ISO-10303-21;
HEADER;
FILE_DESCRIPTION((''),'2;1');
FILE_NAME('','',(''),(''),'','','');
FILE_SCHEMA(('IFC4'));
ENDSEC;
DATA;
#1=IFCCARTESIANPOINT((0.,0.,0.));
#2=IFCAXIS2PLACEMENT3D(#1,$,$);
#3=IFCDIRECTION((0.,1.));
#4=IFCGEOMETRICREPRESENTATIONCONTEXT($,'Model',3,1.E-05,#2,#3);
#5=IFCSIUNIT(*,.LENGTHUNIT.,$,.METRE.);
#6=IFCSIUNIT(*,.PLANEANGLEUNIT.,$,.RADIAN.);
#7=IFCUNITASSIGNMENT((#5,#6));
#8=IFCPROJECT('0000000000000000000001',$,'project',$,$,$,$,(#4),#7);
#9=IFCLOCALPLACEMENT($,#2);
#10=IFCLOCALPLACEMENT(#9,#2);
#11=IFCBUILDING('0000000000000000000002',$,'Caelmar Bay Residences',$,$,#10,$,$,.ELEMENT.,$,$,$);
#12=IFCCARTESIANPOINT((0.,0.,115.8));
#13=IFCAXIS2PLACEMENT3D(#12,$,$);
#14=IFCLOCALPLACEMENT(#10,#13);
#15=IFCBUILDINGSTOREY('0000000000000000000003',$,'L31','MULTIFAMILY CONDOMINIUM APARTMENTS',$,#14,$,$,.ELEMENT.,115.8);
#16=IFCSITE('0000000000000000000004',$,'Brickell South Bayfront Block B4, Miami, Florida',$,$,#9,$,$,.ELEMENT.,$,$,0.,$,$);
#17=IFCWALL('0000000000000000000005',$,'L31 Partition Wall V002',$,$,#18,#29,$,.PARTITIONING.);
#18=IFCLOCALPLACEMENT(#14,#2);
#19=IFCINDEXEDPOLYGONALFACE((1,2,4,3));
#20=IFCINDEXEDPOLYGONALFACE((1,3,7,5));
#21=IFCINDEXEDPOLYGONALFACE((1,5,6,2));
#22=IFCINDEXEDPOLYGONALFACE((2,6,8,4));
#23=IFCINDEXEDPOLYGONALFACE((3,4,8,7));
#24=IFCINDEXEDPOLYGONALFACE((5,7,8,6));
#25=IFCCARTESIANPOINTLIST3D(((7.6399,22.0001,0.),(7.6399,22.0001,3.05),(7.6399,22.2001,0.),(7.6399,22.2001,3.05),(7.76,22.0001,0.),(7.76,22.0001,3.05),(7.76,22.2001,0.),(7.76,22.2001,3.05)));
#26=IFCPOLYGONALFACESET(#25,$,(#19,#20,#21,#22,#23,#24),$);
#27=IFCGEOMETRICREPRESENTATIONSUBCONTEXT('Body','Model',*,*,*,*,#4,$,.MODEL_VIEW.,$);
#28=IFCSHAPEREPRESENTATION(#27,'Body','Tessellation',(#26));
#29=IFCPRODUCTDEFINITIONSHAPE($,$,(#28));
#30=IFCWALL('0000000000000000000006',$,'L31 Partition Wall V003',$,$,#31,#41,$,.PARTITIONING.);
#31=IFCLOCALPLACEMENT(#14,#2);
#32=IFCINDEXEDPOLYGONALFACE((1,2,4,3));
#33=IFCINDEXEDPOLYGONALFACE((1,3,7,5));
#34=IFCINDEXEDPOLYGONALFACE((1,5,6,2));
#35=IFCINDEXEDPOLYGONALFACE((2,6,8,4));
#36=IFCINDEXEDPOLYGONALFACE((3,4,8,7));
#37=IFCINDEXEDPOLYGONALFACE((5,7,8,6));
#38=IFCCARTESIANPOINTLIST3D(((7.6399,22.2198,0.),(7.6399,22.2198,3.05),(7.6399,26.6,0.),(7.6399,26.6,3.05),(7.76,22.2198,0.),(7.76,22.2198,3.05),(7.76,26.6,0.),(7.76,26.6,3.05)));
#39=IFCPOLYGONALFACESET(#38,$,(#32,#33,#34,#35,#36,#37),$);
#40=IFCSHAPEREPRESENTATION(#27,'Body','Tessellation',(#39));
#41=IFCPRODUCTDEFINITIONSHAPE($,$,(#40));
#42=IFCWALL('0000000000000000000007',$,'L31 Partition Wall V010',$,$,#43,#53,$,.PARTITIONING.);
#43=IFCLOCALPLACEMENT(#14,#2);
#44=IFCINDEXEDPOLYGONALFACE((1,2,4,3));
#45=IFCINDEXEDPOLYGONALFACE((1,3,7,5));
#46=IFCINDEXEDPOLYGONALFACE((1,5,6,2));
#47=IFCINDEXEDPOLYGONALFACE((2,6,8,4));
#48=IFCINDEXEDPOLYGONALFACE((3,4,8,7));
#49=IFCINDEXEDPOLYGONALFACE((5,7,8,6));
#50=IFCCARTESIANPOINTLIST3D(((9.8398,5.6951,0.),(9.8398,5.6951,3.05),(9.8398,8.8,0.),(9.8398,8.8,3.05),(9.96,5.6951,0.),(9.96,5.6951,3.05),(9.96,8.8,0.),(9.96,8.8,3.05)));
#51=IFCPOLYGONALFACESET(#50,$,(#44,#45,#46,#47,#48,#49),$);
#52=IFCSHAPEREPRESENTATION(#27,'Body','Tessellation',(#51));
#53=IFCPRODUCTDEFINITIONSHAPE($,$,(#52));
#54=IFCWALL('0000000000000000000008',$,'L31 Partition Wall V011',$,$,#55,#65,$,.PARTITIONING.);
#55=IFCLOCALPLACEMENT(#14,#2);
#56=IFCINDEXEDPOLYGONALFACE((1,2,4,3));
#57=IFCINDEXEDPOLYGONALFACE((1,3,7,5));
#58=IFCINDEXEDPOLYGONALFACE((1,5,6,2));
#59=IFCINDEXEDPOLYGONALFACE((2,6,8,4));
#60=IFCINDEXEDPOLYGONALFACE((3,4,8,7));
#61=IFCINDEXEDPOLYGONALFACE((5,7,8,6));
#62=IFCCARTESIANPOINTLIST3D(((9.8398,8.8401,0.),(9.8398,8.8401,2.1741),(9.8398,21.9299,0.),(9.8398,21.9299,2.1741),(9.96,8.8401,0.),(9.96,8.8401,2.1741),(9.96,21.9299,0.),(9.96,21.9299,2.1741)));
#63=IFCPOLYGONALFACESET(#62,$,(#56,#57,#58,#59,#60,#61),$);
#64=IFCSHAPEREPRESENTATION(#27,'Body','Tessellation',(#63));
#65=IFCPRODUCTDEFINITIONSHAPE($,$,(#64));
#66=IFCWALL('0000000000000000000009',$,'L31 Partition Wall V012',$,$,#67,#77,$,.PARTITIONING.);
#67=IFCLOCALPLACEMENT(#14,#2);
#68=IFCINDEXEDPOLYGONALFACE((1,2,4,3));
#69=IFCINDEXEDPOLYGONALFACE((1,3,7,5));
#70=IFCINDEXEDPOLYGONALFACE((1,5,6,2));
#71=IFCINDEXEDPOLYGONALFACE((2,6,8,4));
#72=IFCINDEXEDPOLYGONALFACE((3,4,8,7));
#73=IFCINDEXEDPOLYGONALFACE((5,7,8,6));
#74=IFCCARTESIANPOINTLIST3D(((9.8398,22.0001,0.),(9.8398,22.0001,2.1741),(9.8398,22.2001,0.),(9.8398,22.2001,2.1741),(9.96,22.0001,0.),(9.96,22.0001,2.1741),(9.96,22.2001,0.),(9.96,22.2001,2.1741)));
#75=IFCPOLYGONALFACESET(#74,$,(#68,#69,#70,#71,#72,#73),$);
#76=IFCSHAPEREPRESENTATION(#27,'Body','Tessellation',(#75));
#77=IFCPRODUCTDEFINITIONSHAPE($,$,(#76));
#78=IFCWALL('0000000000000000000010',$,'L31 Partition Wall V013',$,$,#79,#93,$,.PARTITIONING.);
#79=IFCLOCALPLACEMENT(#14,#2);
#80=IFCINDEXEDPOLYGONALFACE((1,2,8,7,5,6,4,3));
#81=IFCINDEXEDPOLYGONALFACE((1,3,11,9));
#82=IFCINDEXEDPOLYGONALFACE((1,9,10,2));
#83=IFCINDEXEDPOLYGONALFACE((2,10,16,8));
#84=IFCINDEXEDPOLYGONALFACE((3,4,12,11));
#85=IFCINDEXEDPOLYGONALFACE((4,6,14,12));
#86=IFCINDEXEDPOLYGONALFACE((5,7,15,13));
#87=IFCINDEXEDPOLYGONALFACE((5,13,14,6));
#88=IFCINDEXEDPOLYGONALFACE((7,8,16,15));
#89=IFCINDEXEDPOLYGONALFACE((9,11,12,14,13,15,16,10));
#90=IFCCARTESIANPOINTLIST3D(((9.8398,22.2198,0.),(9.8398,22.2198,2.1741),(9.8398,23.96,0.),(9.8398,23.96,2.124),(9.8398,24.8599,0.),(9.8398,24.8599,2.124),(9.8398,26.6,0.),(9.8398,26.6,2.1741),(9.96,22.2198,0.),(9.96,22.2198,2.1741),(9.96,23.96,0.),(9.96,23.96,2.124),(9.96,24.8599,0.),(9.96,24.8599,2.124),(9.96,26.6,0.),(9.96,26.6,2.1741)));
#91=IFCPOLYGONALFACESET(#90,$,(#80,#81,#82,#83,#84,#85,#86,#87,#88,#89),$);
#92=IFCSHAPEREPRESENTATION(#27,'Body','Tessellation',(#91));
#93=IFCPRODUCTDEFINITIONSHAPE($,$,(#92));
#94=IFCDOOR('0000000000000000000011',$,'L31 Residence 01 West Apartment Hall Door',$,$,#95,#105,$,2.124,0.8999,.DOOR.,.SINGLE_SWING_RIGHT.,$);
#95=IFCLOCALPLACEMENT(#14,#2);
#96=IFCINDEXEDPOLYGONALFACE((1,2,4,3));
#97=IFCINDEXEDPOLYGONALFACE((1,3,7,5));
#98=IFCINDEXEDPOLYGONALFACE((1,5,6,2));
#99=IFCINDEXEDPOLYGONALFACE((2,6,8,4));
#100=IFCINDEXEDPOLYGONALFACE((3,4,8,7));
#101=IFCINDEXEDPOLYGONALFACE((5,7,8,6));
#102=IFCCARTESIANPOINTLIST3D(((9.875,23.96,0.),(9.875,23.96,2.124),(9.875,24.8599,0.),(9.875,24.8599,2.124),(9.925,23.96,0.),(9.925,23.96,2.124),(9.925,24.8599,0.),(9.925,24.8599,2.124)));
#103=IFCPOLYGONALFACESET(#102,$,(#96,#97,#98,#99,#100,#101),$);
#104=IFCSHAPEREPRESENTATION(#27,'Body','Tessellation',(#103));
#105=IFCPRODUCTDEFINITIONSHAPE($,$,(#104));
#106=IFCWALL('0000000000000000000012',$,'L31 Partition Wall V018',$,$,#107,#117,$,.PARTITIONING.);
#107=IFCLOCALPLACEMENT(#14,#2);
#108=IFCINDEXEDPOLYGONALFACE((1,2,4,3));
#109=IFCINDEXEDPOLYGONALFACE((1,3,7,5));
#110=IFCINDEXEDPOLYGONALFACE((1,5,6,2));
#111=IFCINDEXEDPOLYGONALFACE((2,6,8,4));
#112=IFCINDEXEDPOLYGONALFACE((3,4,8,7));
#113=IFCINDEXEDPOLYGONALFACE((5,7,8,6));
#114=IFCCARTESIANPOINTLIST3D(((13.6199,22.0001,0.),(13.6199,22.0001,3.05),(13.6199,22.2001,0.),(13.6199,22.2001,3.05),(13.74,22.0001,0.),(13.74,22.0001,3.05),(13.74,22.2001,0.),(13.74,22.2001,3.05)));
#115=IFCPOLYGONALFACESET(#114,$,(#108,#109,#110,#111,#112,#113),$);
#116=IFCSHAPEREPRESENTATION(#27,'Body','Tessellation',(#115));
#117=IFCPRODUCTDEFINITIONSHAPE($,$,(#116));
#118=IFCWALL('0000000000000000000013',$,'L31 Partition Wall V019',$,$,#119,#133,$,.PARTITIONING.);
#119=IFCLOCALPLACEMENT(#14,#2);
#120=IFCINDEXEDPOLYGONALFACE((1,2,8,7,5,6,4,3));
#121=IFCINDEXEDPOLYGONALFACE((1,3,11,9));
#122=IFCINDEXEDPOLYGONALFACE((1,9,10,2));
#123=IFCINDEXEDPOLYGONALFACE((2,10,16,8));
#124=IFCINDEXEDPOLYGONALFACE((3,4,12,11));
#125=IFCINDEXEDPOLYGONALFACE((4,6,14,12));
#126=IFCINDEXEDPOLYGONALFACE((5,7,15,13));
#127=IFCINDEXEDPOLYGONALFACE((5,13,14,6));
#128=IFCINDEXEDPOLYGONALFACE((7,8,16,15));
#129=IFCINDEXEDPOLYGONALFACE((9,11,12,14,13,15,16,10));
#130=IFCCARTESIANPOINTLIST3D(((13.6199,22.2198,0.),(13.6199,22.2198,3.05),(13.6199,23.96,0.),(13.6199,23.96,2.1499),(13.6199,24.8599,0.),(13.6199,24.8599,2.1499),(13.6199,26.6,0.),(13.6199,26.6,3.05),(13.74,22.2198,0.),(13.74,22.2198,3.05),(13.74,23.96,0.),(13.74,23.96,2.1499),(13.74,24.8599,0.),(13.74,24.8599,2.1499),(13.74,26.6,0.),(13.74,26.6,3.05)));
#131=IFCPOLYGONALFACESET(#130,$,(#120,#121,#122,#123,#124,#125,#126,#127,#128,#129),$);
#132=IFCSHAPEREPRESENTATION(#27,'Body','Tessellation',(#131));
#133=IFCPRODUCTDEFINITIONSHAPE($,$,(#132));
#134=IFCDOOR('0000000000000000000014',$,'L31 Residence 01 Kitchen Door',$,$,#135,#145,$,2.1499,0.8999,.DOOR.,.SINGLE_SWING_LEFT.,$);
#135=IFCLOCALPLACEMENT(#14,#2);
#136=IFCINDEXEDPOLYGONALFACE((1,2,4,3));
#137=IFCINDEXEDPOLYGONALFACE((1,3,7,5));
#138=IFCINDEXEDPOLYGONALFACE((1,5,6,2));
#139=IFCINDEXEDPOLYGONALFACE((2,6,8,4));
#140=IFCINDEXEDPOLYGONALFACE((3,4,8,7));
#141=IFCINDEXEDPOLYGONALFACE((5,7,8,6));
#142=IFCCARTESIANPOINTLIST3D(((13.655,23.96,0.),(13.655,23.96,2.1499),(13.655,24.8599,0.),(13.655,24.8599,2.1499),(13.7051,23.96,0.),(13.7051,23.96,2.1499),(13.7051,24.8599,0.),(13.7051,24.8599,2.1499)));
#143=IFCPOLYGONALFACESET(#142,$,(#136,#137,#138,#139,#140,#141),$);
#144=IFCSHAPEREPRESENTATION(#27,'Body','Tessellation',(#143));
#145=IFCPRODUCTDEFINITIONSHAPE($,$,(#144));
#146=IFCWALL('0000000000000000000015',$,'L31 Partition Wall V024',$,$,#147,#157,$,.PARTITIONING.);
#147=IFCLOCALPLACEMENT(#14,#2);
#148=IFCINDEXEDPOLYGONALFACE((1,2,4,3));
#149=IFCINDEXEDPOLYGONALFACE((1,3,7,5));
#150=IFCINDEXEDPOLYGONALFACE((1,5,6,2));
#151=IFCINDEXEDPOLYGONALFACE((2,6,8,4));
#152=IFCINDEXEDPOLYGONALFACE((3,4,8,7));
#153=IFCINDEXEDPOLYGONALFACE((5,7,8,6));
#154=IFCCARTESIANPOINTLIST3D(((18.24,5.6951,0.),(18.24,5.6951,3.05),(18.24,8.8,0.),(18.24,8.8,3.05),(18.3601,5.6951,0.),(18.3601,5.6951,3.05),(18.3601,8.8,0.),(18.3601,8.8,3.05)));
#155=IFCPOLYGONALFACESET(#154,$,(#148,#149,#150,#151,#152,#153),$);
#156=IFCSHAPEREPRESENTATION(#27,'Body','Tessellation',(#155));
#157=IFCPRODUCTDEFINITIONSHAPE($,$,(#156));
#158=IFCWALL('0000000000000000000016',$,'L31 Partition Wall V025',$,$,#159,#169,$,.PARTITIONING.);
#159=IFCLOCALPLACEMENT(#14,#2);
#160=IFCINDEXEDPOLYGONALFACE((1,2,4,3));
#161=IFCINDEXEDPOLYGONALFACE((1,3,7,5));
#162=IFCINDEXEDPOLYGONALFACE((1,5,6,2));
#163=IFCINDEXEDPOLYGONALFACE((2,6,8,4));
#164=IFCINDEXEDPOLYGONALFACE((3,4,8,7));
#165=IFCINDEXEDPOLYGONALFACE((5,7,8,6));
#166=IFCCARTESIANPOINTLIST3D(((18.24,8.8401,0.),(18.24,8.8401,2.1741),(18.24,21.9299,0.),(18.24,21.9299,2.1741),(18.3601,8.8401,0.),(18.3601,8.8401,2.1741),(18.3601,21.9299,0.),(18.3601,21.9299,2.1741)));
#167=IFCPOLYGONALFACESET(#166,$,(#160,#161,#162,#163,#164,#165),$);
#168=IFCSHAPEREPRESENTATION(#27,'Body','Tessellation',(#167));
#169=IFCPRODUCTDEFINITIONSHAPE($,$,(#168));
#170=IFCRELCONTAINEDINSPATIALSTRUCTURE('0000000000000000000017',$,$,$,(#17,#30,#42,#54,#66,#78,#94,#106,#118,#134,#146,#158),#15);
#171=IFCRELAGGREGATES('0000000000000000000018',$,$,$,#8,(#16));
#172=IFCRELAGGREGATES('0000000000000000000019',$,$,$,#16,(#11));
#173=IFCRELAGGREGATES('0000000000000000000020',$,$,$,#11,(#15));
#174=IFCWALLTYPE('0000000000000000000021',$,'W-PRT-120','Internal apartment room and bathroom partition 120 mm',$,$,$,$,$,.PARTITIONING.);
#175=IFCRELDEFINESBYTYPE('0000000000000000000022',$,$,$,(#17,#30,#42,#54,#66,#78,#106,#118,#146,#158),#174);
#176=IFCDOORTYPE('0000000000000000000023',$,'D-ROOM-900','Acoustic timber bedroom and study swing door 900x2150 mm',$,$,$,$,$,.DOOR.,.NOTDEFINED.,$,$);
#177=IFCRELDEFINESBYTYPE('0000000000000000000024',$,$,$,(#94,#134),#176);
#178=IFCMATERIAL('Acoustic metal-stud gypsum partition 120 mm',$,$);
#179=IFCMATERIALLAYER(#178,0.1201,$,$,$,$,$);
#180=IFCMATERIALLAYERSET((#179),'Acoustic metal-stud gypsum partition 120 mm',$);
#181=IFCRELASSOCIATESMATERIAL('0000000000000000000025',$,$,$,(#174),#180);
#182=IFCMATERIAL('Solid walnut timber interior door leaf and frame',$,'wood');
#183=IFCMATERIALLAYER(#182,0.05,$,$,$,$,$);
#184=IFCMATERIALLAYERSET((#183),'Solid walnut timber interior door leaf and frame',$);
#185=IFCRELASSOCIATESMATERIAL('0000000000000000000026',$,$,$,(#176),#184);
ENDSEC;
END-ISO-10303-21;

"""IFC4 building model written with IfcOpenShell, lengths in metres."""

from ifc_helpers import new_model, si_unit, direction, frame, frame_2d, origin, place, context, subcontext, project, spatial, rectangle, extrude, material, layer, layer_set, type_object, element, fill, save


model = new_model("IFC4")

# Units and contexts
model_context = context("Model", 3, precision=1e-05, world=origin(), true_north=direction((0.0, 1.0)))
body_context = subcontext(model_context, "Body", "Model", "MODEL_VIEW")
ifc_project = project(units=[si_unit("LENGTHUNIT", "METRE"), si_unit("PLANEANGLEUNIT", "RADIAN")], contexts=[model_context])

# Site, building, storey
site_placement = place(None, origin())
site = spatial("IfcSite", under=ifc_project, at=site_placement, Name="Brickell South Bayfront Block B4, Miami, Florida", CompositionType="ELEMENT", RefElevation=0.0)
building_placement = place(site_placement, origin())
building = spatial("IfcBuilding", under=site, at=building_placement, Name="Caelmar Bay Residences", CompositionType="ELEMENT")
storey_placement = place(building_placement, frame((0.0, 0.0, 115.8)))
storey = spatial("IfcBuildingStorey", under=building, at=storey_placement, Name="L31", Description="MULTIFAMILY CONDOMINIUM APARTMENTS", CompositionType="ELEMENT", Elevation=115.8)

# Shared definitions
ifc_material_1 = material(Name="Acoustic metal-stud gypsum partition 120 mm")
ifc_layer_1 = layer(ifc_material_1, 0.1201)
ifc_layer_set_1 = layer_set([ifc_layer_1], Name="Acoustic metal-stud gypsum partition 120 mm")
wall_type_1 = type_object("IfcWallType", Name="W-PRT-120", Description="Internal apartment room and bathroom partition 120 mm", PredefinedType="PARTITIONING", material=ifc_layer_set_1)
ifc_material_2 = material(Name="Solid walnut timber interior door leaf and frame", Category="wood")
ifc_layer_2 = layer(ifc_material_2, 0.05)
ifc_layer_set_2 = layer_set([ifc_layer_2], Name="Solid walnut timber interior door leaf and frame")
door_type = type_object("IfcDoorType", Name="D-ROOM-900", Description="Acoustic timber bedroom and study swing door 900x2150 mm", OperationType="NOTDEFINED", PredefinedType="DOOR", material=ifc_layer_set_2)

# Walls
wall_1_placement = place(storey_placement, frame((7.7, 22.0, 0.0), z_axis=(0.0, 0.0, 1.0), x_axis=(0.0, 1.0, 0.0)))
element("IfcWall", 1, at=wall_1_placement, inside=storey, type_object=wall_type_1, Name="L31 Partition Wall V002", PredefinedType="PARTITIONING", context=body_context, shape_type="SweptSolid", body=[
    extrude(rectangle(XDim=0.2, YDim=0.1201, at=frame_2d((0.1001, 0.0))), origin(), (0.0, 0.0, 1.0), 3.05),
])
wall_2_placement = place(storey_placement, frame((7.7, 22.22, 0.0), z_axis=(0.0, 0.0, 1.0), x_axis=(0.0, 1.0, 0.0)))
element("IfcWall", 2, at=wall_2_placement, inside=storey, type_object=wall_type_1, Name="L31 Partition Wall V003", PredefinedType="PARTITIONING", context=body_context, shape_type="SweptSolid", body=[
    extrude(rectangle(XDim=4.3801, YDim=0.1201, at=frame_2d((2.1899, 0.0))), origin(), (0.0, 0.0, 1.0), 3.05),
])
wall_3_placement = place(storey_placement, frame((9.8999, 5.6951, 0.0), z_axis=(0.0, 0.0, 1.0), x_axis=(0.0, 1.0, 0.0)))
element("IfcWall", 3, at=wall_3_placement, inside=storey, type_object=wall_type_1, Name="L31 Partition Wall V010", PredefinedType="PARTITIONING", context=body_context, shape_type="SweptSolid", body=[
    extrude(rectangle(XDim=3.105, YDim=0.1201, at=frame_2d((1.5525, 0.0))), origin(), (0.0, 0.0, 1.0), 3.05),
])
wall_4_placement = place(storey_placement, frame((9.8999, 8.8401, 0.0), z_axis=(0.0, 0.0, 1.0), x_axis=(0.0, 1.0, 0.0)))
element("IfcWall", 4, at=wall_4_placement, inside=storey, type_object=wall_type_1, Name="L31 Partition Wall V011", PredefinedType="PARTITIONING", context=body_context, shape_type="SweptSolid", body=[
    extrude(rectangle(XDim=13.0898, YDim=0.1201, at=frame_2d((6.5449, 0.0))), origin(), (0.0, 0.0, 1.0), 2.1741),
])
wall_5_placement = place(storey_placement, frame((9.8999, 22.0, 0.0), z_axis=(0.0, 0.0, 1.0), x_axis=(0.0, 1.0, 0.0)))
element("IfcWall", 5, at=wall_5_placement, inside=storey, type_object=wall_type_1, Name="L31 Partition Wall V012", PredefinedType="PARTITIONING", context=body_context, shape_type="SweptSolid", body=[
    extrude(rectangle(XDim=0.2, YDim=0.1201, at=frame_2d((0.1001, 0.0))), origin(), (0.0, 0.0, 1.0), 2.1741),
])

# Wall, opening, door
wall_6_placement = place(storey_placement, frame((9.8999, 22.22, 0.0), z_axis=(0.0, 0.0, 1.0), x_axis=(0.0, 1.0, 0.0)))
wall_6 = element("IfcWall", 6, at=wall_6_placement, inside=storey, type_object=wall_type_1, Name="L31 Partition Wall V013", PredefinedType="PARTITIONING", context=body_context, shape_type="SweptSolid", body=[
    extrude(rectangle(XDim=4.3801, YDim=0.1201, at=frame_2d((2.1899, 0.0))), origin(), (0.0, 0.0, 1.0), 2.1741),
])
opening_1_placement = place(wall_6_placement, frame((1.74, 0.0, 0.0)))
opening_1 = element("IfcOpeningElement", 7, at=opening_1_placement, cuts=wall_6, PredefinedType="OPENING", context=body_context, shape_type="SweptSolid", body=[
    extrude(rectangle(XDim=0.8999, YDim=2.124, at=frame_2d((0.45, 1.062))), frame((0.0, 0.0701, 0.0), z_axis=(0.0, -1.0, 0.0), x_axis=(1.0, 0.0, 0.0)), (0.0, 0.0, 1.0), 0.1401),
])
door_1_placement = place(opening_1_placement, origin())
door_1 = element("IfcDoor", 8, at=door_1_placement, inside=storey, type_object=door_type, Name="L31 Residence 01 West Apartment Hall Door", OperationType="SINGLE_SWING_RIGHT", OverallHeight=2.124, OverallWidth=0.8999, PredefinedType="DOOR", context=body_context, shape_type="SweptSolid", body=[
    extrude(rectangle(XDim=0.8999, YDim=2.124, at=frame_2d((0.45, 1.062))), frame((0.0, 0.0249, 0.0), z_axis=(0.0, -1.0, 0.0), x_axis=(1.0, 0.0, 0.0)), (0.0, 0.0, 1.0), 0.05),
])
fill(opening_1, door_1)

# Wall
wall_7_placement = place(storey_placement, frame((13.6799, 22.0, 0.0), z_axis=(0.0, 0.0, 1.0), x_axis=(0.0, 1.0, 0.0)))
element("IfcWall", 9, at=wall_7_placement, inside=storey, type_object=wall_type_1, Name="L31 Partition Wall V018", PredefinedType="PARTITIONING", context=body_context, shape_type="SweptSolid", body=[
    extrude(rectangle(XDim=0.2, YDim=0.1201, at=frame_2d((0.1001, 0.0))), origin(), (0.0, 0.0, 1.0), 3.05),
])

# Wall, opening, door
wall_8_placement = place(storey_placement, frame((13.6799, 22.22, 0.0), z_axis=(0.0, 0.0, 1.0), x_axis=(0.0, 1.0, 0.0)))
wall_8 = element("IfcWall", 10, at=wall_8_placement, inside=storey, type_object=wall_type_1, Name="L31 Partition Wall V019", PredefinedType="PARTITIONING", context=body_context, shape_type="SweptSolid", body=[
    extrude(rectangle(XDim=4.3801, YDim=0.1201, at=frame_2d((2.1899, 0.0))), origin(), (0.0, 0.0, 1.0), 3.05),
])
opening_2_placement = place(wall_8_placement, frame((1.74, 0.0, 0.0)))
opening_2 = element("IfcOpeningElement", 11, at=opening_2_placement, cuts=wall_8, PredefinedType="OPENING", context=body_context, shape_type="SweptSolid", body=[
    extrude(rectangle(XDim=0.8999, YDim=2.1499, at=frame_2d((0.45, 1.075))), frame((0.0, 0.0701, 0.0), z_axis=(0.0, -1.0, 0.0), x_axis=(1.0, 0.0, 0.0)), (0.0, 0.0, 1.0), 0.1401),
])
door_2_placement = place(opening_2_placement, origin())
door_2 = element("IfcDoor", 12, at=door_2_placement, inside=storey, type_object=door_type, Name="L31 Residence 01 Kitchen Door", OperationType="SINGLE_SWING_LEFT", OverallHeight=2.1499, OverallWidth=0.8999, PredefinedType="DOOR", context=body_context, shape_type="SweptSolid", body=[
    extrude(rectangle(XDim=0.8999, YDim=2.1499, at=frame_2d((0.45, 1.075))), frame((0.0, 0.0249, 0.0), z_axis=(0.0, -1.0, 0.0), x_axis=(1.0, 0.0, 0.0)), (0.0, 0.0, 1.0), 0.05),
])
fill(opening_2, door_2)

# Walls
wall_9_placement = place(storey_placement, frame((18.3, 5.6951, 0.0), z_axis=(0.0, 0.0, 1.0), x_axis=(0.0, 1.0, 0.0)))
element("IfcWall", 13, at=wall_9_placement, inside=storey, type_object=wall_type_1, Name="L31 Partition Wall V024", PredefinedType="PARTITIONING", context=body_context, shape_type="SweptSolid", body=[
    extrude(rectangle(XDim=3.105, YDim=0.1201, at=frame_2d((1.5525, 0.0))), origin(), (0.0, 0.0, 1.0), 3.05),
])
wall_10_placement = place(storey_placement, frame((18.3, 8.8401, 0.0), z_axis=(0.0, 0.0, 1.0), x_axis=(0.0, 1.0, 0.0)))
element("IfcWall", 14, at=wall_10_placement, inside=storey, type_object=wall_type_1, Name="L31 Partition Wall V025", PredefinedType="PARTITIONING", context=body_context, shape_type="SweptSolid", body=[
    extrude(rectangle(XDim=13.0898, YDim=0.1201, at=frame_2d((6.5449, 0.0))), origin(), (0.0, 0.0, 1.0), 2.1741),
])

save(model, "model.ifc")
